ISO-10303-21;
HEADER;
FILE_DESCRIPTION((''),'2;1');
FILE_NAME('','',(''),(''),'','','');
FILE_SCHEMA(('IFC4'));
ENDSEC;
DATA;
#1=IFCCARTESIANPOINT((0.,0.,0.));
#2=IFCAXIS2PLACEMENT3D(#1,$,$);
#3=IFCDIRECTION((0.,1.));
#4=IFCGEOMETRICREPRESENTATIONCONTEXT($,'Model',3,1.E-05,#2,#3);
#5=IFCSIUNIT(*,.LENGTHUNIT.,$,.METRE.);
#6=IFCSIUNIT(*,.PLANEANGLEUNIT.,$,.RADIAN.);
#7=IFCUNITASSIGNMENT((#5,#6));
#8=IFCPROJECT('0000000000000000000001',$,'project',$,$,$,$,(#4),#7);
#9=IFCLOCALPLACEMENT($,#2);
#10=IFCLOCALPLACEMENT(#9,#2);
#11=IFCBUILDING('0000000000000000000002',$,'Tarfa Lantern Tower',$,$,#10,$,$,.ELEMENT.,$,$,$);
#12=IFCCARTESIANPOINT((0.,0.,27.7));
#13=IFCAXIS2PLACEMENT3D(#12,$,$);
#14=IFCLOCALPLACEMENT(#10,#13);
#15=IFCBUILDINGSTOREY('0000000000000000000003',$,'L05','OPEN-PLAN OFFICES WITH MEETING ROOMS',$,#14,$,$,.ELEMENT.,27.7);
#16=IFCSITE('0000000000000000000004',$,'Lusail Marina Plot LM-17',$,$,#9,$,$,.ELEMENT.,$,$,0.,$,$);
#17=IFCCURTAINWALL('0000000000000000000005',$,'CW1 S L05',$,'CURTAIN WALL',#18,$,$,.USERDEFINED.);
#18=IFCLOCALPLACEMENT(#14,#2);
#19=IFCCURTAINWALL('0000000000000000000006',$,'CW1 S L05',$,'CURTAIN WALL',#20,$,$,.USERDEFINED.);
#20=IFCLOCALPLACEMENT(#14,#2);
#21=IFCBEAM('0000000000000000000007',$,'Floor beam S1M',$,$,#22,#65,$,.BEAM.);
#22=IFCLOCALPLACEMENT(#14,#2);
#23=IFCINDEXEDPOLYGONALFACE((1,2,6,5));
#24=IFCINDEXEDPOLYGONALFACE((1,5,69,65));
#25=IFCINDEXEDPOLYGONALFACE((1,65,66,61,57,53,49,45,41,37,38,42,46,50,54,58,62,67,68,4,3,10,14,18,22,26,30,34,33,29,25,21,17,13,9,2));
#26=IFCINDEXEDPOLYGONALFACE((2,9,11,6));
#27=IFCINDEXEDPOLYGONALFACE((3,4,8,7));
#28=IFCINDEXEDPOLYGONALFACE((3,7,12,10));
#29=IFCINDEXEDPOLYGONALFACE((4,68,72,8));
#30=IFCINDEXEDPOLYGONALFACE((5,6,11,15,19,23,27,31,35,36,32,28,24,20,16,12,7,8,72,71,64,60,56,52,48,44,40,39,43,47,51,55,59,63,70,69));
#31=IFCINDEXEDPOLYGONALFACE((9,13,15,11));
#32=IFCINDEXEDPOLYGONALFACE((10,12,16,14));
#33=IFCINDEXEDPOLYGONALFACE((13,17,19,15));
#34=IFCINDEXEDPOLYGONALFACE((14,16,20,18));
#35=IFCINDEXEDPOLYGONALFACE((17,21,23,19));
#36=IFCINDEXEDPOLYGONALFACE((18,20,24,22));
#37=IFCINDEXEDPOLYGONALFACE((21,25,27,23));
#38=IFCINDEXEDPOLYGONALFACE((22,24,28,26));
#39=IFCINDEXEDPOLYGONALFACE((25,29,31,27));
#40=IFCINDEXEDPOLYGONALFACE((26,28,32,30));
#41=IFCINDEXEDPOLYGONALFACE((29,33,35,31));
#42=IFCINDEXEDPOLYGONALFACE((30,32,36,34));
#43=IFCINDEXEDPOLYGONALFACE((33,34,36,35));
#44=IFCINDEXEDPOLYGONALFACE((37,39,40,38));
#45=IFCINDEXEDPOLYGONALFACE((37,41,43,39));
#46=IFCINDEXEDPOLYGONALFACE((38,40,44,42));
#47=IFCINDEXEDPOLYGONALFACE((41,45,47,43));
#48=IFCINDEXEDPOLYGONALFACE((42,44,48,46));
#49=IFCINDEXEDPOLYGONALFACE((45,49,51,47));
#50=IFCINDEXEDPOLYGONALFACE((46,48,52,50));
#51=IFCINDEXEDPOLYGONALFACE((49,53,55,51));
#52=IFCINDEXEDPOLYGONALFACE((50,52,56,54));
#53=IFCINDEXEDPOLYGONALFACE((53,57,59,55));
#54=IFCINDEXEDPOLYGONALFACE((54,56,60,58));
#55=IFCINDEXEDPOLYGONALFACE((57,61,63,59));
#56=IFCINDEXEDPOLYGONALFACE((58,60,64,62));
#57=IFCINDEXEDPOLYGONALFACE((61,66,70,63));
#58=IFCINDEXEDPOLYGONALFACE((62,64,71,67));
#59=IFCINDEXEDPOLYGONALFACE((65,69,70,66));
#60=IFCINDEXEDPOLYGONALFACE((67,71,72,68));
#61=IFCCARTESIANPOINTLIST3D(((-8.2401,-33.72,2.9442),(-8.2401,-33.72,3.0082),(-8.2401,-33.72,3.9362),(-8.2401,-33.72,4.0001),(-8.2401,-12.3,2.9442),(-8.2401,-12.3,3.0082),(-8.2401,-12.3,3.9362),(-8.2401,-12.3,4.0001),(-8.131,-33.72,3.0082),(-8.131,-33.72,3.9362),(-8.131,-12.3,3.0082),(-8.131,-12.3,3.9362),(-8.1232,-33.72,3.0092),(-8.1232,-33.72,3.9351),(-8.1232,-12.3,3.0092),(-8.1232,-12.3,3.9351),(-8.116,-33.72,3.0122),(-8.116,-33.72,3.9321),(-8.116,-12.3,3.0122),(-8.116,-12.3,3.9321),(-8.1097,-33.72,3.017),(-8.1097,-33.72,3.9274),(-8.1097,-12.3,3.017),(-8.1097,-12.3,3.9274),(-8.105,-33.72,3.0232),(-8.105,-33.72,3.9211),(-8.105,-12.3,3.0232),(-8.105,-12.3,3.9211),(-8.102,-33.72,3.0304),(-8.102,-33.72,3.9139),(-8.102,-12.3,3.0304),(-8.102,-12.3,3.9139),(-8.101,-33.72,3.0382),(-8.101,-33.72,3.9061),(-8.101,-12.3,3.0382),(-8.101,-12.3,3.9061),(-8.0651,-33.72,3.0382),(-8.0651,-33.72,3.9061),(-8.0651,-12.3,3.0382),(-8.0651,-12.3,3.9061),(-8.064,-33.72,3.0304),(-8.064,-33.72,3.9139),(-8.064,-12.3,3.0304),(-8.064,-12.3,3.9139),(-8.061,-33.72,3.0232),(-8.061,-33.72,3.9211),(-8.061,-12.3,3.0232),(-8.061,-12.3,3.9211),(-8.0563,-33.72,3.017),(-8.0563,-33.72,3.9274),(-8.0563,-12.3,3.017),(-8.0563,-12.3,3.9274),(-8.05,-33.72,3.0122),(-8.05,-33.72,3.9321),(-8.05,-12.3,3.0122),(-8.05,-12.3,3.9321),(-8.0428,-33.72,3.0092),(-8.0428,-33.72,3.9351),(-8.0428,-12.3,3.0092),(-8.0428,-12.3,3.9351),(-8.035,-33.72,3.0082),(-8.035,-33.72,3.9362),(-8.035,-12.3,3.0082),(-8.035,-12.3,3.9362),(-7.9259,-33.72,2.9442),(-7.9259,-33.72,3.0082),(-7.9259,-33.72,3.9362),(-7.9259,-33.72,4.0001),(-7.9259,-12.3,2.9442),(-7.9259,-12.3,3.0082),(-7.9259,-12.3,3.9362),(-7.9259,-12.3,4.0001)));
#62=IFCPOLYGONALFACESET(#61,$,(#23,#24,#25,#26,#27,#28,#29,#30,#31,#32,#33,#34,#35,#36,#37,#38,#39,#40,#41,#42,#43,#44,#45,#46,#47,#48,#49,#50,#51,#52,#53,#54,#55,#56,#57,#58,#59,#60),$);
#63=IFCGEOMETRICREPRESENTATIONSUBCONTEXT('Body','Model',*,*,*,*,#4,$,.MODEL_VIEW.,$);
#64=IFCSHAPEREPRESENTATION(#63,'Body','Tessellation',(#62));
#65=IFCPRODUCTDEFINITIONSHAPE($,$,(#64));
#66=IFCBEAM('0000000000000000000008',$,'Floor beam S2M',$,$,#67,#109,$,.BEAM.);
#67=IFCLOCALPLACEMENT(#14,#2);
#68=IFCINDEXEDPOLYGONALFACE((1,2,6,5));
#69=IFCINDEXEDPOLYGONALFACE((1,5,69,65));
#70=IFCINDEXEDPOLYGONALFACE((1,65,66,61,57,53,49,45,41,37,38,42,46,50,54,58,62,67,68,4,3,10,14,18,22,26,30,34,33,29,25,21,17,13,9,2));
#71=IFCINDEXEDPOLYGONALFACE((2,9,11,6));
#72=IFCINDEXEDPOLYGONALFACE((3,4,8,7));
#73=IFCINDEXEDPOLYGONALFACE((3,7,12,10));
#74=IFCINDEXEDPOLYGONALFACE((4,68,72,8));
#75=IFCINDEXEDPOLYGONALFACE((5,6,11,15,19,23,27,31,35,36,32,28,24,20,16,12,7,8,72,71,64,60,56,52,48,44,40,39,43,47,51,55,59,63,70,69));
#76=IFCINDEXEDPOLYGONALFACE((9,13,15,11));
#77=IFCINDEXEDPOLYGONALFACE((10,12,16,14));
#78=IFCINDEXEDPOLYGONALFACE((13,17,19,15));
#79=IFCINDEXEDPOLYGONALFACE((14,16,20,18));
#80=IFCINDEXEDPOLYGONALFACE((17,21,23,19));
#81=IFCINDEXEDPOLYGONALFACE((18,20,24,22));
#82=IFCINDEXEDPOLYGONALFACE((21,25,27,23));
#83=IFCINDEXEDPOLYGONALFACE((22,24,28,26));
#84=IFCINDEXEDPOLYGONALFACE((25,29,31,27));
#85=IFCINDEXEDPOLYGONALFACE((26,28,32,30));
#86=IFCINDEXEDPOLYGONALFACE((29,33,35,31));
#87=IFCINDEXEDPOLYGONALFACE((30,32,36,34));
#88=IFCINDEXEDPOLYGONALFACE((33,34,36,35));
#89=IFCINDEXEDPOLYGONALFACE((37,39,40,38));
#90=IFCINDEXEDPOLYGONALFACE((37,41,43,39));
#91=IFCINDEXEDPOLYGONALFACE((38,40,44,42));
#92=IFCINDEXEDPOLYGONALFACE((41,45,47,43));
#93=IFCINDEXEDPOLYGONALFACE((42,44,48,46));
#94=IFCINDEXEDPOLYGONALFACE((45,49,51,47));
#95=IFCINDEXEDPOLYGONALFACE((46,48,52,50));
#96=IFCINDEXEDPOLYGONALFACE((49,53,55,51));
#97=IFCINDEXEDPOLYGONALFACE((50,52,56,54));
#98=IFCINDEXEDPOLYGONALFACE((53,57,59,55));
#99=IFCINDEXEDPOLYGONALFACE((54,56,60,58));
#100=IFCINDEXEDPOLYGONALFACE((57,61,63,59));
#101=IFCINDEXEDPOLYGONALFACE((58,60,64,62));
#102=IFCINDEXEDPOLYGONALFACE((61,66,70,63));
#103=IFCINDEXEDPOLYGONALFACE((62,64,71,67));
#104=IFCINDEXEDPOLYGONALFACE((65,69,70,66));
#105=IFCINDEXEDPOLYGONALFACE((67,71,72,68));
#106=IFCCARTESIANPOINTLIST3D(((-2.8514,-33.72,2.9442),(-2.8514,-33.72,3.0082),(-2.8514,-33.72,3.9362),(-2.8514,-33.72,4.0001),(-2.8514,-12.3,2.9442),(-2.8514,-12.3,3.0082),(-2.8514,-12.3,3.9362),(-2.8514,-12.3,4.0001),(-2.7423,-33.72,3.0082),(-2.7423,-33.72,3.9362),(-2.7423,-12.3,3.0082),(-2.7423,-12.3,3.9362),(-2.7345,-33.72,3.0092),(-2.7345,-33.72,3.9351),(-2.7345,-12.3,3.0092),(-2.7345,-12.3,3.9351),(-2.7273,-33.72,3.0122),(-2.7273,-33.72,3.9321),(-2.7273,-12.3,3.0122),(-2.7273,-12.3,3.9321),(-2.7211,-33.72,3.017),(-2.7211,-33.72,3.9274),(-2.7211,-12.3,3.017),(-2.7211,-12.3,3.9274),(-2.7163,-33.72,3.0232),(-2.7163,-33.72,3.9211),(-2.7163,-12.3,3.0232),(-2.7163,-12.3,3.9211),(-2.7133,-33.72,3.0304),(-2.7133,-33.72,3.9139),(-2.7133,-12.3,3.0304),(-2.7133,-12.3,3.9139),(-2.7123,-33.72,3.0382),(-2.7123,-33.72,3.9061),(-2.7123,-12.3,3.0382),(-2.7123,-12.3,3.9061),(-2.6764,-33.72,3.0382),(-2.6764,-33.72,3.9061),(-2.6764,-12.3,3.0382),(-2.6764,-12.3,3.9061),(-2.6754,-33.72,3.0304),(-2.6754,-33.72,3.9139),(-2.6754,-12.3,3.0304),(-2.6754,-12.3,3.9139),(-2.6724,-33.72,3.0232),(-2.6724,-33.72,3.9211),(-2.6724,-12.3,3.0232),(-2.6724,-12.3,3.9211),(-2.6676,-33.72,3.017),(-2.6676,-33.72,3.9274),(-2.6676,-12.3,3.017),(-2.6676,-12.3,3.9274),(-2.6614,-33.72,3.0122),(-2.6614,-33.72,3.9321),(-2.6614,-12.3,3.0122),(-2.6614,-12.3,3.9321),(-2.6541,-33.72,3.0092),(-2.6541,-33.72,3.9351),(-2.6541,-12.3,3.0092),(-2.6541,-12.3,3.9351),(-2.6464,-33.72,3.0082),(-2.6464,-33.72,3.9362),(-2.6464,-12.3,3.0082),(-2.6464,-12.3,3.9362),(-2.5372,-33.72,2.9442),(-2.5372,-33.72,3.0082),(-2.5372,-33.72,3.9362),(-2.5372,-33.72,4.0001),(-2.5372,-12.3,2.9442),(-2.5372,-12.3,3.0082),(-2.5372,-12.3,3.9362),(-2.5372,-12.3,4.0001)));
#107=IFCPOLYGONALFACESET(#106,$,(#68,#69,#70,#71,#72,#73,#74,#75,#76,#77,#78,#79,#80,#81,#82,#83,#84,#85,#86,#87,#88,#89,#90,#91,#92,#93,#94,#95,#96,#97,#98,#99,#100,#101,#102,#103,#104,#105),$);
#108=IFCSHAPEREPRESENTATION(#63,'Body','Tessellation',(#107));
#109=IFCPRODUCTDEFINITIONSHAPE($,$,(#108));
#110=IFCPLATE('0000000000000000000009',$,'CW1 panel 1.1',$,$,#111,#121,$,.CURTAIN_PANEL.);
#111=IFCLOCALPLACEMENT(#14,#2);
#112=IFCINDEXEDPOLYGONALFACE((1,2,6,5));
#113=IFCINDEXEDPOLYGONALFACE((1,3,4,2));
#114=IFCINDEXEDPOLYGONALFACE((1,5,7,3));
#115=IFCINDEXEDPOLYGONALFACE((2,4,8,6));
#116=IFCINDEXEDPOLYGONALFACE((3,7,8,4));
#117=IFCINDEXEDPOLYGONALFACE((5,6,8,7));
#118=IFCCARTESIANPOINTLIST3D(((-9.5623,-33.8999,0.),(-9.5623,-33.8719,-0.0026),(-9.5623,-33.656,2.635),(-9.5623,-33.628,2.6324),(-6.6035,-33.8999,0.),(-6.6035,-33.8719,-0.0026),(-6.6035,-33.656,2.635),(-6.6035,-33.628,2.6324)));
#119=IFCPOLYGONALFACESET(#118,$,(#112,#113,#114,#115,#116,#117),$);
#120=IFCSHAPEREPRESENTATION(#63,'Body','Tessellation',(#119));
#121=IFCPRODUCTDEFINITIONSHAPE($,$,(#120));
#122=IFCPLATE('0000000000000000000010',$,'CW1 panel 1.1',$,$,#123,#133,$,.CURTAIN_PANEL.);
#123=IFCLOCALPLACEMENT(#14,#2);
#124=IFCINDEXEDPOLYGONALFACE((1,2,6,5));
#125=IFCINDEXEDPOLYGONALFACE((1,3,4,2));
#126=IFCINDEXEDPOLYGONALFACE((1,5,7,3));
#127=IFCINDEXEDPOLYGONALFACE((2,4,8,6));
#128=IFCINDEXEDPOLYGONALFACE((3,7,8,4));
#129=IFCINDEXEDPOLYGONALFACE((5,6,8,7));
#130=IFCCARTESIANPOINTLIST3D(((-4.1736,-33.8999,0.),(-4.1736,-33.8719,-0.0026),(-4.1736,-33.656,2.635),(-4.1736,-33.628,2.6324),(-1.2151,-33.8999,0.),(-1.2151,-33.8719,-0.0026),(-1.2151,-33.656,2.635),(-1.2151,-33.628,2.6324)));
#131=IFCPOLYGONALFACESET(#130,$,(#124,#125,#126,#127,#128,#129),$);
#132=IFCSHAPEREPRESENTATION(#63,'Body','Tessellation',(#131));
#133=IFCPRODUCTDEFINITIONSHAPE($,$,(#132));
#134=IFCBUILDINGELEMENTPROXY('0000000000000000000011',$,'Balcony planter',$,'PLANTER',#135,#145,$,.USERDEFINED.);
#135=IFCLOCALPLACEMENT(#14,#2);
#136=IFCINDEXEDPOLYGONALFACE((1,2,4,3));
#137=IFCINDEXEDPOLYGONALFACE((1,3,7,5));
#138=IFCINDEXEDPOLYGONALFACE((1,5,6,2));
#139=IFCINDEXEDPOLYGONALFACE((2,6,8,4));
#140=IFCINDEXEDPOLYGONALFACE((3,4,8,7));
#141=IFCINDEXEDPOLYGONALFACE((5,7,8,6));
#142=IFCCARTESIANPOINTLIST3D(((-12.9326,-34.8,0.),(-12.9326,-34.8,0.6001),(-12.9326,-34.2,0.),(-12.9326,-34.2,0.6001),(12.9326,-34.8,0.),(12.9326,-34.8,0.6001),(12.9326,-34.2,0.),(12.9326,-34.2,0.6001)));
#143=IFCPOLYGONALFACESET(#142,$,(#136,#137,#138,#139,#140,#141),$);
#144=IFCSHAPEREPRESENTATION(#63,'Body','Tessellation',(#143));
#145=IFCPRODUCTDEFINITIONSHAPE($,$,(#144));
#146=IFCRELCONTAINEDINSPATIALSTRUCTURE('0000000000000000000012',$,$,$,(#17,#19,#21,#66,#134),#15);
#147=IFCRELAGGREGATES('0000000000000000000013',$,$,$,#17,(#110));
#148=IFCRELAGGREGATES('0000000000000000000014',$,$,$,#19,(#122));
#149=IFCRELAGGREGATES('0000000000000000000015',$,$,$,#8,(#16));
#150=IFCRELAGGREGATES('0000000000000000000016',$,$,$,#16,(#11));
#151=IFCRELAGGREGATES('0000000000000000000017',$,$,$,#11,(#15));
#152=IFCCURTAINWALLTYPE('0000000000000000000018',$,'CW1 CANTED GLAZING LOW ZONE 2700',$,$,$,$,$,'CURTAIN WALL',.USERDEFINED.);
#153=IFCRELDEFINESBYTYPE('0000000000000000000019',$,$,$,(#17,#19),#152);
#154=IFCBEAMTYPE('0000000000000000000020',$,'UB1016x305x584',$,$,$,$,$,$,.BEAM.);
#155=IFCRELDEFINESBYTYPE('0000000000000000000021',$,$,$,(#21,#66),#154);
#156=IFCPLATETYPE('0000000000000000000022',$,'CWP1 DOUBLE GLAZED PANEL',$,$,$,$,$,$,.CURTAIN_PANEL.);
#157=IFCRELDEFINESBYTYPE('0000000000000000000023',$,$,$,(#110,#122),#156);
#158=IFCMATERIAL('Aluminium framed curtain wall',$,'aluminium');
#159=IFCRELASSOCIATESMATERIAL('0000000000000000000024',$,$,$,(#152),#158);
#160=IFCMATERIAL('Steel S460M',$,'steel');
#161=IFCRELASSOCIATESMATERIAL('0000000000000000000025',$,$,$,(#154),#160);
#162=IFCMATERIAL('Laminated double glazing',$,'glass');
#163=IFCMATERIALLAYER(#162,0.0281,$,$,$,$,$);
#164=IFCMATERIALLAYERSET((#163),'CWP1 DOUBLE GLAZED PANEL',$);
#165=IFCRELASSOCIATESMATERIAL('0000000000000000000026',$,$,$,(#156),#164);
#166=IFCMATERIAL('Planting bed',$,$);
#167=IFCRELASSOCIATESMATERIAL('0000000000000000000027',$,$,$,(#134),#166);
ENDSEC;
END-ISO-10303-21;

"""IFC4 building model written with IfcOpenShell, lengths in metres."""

from ifc_helpers import new_model, si_unit, direction, frame, origin, origin_2d, place, context, subcontext, project, spatial, polyline, rectangle, i_section, outline, extrude, material, layer, layer_set, material_profile, profile_set, type_object, element, aggregate, save


model = new_model("IFC4")

# Units and contexts
model_context = context("Model", 3, precision=1e-05, world=origin(), true_north=direction((0.0, 1.0)))
body_context = subcontext(model_context, "Body", "Model", "MODEL_VIEW")
ifc_project = project(units=[si_unit("LENGTHUNIT", "METRE"), si_unit("PLANEANGLEUNIT", "RADIAN")], contexts=[model_context])

# Site, building, storey
site_placement = place(None, origin())
site = spatial("IfcSite", under=ifc_project, at=site_placement, Name="Lusail Marina Plot LM-17", CompositionType="ELEMENT", RefElevation=0.0)
building_placement = place(site_placement, origin())
building = spatial("IfcBuilding", under=site, at=building_placement, Name="Tarfa Lantern Tower", CompositionType="ELEMENT")
storey_placement = place(building_placement, frame((0.0, 0.0, 27.7)))
storey = spatial("IfcBuildingStorey", under=building, at=storey_placement, Name="L05", Description="OPEN-PLAN OFFICES WITH MEETING ROOMS", CompositionType="ELEMENT", Elevation=27.7)

# Shared definitions
ifc_material_1 = material(Name="Aluminium framed curtain wall", Category="aluminium")
curtain_wall_type = type_object("IfcCurtainWallType", Name="CW1 CANTED GLAZING LOW ZONE 2700", ElementType="CURTAIN WALL", PredefinedType="USERDEFINED", material=ifc_material_1)

# Curtain walls
curtain_wall_1_placement = place(storey_placement, origin())
curtain_wall_1 = element("IfcCurtainWall", 1, at=curtain_wall_1_placement, inside=storey, type_object=curtain_wall_type, Name="CW1 S L05", ObjectType="CURTAIN WALL", PredefinedType="USERDEFINED")
curtain_wall_2_placement = place(storey_placement, origin())
curtain_wall_2 = element("IfcCurtainWall", 2, at=curtain_wall_2_placement, inside=storey, type_object=curtain_wall_type, Name="CW1 S L05", ObjectType="CURTAIN WALL", PredefinedType="USERDEFINED")

# Beams
ifc_material_2 = material(Name="Steel S460M", Category="steel")
ifc_material_profile_1 = material_profile(ifc_material_2, i_section(OverallWidth=0.3142, OverallDepth=1.0559, WebThickness=0.0359, FlangeThickness=0.064, FilletRadius=0.03, at=origin_2d()), Name="UB1016x305x584")
ifc_profile_set_1 = profile_set([ifc_material_profile_1], Name="Steel S460M")
beam_type_1 = type_object("IfcBeamType", Name="UB1016x305x584", PredefinedType="BEAM", material=ifc_profile_set_1)
for number, where, z_axis, x_axis, name in (
    (3, (-8.083, -33.72, 3.4722), (0.0, 1.0, 0.0), (-1.0, 0.0, 0.0), "Floor beam S1M"),
    (4, (-2.6943, -33.72, 3.4722), (0.0, 1.0, 0.0), (-1.0, 0.0, 0.0), "Floor beam S2M"),
):
    element("IfcBeam", number, at=place(storey_placement, frame(where, z_axis=z_axis, x_axis=x_axis)), inside=storey, type_object=beam_type_1, Name=name, PredefinedType="BEAM", context=body_context, shape_type="SweptSolid", body=[
        extrude(i_section(OverallWidth=0.3142, OverallDepth=1.0559, WebThickness=0.0359, FlangeThickness=0.064, FilletRadius=0.03, at=origin_2d()), origin(), (0.0, 0.0, 1.0), 21.4199),
    ])

# Plates
ifc_material_3 = material(Name="Laminated double glazing", Category="glass")
ifc_layer = layer(ifc_material_3, 0.0281)
ifc_layer_set = layer_set([ifc_layer], Name="CWP1 DOUBLE GLAZED PANEL")
plate_type = type_object("IfcPlateType", Name="CWP1 DOUBLE GLAZED PANEL", PredefinedType="CURTAIN_PANEL", material=ifc_layer_set)
plate_1_placement = place(storey_placement, frame((-9.5623, -33.8999, 0.0), z_axis=(0.0, -0.995744, 0.092166), x_axis=(1.0, 0.0, 0.0)))
plate_1 = element("IfcPlate", 5, at=plate_1_placement, type_object=plate_type, Name="CW1 panel 1.1", PredefinedType="CURTAIN_PANEL", context=body_context, shape_type="SweptSolid", body=[
    extrude(outline(polyline([(0.0, 0.0), (2.9587, 0.0), (2.9587, 2.6463), (0.0, 2.6463), (0.0, 0.0)])), origin(), (0.0, 0.0, -1.0), 0.0281),
])
aggregate(curtain_wall_1, [plate_1])
plate_2_placement = place(storey_placement, frame((-4.1736, -33.8999, 0.0), z_axis=(0.0, -0.995744, 0.092166), x_axis=(1.0, 0.0, 0.0)))
plate_2 = element("IfcPlate", 6, at=plate_2_placement, type_object=plate_type, Name="CW1 panel 1.1", PredefinedType="CURTAIN_PANEL", context=body_context, shape_type="SweptSolid", body=[
    extrude(outline(polyline([(0.0, 0.0), (2.9585, 0.0), (2.9585, 2.6463), (0.0, 2.6463), (0.0, 0.0)])), origin(), (0.0, 0.0, -1.0), 0.0281),
])
aggregate(curtain_wall_2, [plate_2])

# Building element proxy
ifc_material_4 = material(Name="Planting bed")
proxy_placement = place(storey_placement, frame((0.0, -34.5, 0.0), z_axis=(0.0, 0.0, 1.0), x_axis=(1.0, 0.0, 0.0)))
element("IfcBuildingElementProxy", 7, at=proxy_placement, inside=storey, material=ifc_material_4, Name="Balcony planter", ObjectType="PLANTER", PredefinedType="USERDEFINED", context=body_context, shape_type="SweptSolid", body=[
    extrude(rectangle(XDim=25.8652, YDim=0.6001, at=origin_2d()), origin(), (0.0, 0.0, 1.0), 0.6001),
])

save(model, "model.ifc")
